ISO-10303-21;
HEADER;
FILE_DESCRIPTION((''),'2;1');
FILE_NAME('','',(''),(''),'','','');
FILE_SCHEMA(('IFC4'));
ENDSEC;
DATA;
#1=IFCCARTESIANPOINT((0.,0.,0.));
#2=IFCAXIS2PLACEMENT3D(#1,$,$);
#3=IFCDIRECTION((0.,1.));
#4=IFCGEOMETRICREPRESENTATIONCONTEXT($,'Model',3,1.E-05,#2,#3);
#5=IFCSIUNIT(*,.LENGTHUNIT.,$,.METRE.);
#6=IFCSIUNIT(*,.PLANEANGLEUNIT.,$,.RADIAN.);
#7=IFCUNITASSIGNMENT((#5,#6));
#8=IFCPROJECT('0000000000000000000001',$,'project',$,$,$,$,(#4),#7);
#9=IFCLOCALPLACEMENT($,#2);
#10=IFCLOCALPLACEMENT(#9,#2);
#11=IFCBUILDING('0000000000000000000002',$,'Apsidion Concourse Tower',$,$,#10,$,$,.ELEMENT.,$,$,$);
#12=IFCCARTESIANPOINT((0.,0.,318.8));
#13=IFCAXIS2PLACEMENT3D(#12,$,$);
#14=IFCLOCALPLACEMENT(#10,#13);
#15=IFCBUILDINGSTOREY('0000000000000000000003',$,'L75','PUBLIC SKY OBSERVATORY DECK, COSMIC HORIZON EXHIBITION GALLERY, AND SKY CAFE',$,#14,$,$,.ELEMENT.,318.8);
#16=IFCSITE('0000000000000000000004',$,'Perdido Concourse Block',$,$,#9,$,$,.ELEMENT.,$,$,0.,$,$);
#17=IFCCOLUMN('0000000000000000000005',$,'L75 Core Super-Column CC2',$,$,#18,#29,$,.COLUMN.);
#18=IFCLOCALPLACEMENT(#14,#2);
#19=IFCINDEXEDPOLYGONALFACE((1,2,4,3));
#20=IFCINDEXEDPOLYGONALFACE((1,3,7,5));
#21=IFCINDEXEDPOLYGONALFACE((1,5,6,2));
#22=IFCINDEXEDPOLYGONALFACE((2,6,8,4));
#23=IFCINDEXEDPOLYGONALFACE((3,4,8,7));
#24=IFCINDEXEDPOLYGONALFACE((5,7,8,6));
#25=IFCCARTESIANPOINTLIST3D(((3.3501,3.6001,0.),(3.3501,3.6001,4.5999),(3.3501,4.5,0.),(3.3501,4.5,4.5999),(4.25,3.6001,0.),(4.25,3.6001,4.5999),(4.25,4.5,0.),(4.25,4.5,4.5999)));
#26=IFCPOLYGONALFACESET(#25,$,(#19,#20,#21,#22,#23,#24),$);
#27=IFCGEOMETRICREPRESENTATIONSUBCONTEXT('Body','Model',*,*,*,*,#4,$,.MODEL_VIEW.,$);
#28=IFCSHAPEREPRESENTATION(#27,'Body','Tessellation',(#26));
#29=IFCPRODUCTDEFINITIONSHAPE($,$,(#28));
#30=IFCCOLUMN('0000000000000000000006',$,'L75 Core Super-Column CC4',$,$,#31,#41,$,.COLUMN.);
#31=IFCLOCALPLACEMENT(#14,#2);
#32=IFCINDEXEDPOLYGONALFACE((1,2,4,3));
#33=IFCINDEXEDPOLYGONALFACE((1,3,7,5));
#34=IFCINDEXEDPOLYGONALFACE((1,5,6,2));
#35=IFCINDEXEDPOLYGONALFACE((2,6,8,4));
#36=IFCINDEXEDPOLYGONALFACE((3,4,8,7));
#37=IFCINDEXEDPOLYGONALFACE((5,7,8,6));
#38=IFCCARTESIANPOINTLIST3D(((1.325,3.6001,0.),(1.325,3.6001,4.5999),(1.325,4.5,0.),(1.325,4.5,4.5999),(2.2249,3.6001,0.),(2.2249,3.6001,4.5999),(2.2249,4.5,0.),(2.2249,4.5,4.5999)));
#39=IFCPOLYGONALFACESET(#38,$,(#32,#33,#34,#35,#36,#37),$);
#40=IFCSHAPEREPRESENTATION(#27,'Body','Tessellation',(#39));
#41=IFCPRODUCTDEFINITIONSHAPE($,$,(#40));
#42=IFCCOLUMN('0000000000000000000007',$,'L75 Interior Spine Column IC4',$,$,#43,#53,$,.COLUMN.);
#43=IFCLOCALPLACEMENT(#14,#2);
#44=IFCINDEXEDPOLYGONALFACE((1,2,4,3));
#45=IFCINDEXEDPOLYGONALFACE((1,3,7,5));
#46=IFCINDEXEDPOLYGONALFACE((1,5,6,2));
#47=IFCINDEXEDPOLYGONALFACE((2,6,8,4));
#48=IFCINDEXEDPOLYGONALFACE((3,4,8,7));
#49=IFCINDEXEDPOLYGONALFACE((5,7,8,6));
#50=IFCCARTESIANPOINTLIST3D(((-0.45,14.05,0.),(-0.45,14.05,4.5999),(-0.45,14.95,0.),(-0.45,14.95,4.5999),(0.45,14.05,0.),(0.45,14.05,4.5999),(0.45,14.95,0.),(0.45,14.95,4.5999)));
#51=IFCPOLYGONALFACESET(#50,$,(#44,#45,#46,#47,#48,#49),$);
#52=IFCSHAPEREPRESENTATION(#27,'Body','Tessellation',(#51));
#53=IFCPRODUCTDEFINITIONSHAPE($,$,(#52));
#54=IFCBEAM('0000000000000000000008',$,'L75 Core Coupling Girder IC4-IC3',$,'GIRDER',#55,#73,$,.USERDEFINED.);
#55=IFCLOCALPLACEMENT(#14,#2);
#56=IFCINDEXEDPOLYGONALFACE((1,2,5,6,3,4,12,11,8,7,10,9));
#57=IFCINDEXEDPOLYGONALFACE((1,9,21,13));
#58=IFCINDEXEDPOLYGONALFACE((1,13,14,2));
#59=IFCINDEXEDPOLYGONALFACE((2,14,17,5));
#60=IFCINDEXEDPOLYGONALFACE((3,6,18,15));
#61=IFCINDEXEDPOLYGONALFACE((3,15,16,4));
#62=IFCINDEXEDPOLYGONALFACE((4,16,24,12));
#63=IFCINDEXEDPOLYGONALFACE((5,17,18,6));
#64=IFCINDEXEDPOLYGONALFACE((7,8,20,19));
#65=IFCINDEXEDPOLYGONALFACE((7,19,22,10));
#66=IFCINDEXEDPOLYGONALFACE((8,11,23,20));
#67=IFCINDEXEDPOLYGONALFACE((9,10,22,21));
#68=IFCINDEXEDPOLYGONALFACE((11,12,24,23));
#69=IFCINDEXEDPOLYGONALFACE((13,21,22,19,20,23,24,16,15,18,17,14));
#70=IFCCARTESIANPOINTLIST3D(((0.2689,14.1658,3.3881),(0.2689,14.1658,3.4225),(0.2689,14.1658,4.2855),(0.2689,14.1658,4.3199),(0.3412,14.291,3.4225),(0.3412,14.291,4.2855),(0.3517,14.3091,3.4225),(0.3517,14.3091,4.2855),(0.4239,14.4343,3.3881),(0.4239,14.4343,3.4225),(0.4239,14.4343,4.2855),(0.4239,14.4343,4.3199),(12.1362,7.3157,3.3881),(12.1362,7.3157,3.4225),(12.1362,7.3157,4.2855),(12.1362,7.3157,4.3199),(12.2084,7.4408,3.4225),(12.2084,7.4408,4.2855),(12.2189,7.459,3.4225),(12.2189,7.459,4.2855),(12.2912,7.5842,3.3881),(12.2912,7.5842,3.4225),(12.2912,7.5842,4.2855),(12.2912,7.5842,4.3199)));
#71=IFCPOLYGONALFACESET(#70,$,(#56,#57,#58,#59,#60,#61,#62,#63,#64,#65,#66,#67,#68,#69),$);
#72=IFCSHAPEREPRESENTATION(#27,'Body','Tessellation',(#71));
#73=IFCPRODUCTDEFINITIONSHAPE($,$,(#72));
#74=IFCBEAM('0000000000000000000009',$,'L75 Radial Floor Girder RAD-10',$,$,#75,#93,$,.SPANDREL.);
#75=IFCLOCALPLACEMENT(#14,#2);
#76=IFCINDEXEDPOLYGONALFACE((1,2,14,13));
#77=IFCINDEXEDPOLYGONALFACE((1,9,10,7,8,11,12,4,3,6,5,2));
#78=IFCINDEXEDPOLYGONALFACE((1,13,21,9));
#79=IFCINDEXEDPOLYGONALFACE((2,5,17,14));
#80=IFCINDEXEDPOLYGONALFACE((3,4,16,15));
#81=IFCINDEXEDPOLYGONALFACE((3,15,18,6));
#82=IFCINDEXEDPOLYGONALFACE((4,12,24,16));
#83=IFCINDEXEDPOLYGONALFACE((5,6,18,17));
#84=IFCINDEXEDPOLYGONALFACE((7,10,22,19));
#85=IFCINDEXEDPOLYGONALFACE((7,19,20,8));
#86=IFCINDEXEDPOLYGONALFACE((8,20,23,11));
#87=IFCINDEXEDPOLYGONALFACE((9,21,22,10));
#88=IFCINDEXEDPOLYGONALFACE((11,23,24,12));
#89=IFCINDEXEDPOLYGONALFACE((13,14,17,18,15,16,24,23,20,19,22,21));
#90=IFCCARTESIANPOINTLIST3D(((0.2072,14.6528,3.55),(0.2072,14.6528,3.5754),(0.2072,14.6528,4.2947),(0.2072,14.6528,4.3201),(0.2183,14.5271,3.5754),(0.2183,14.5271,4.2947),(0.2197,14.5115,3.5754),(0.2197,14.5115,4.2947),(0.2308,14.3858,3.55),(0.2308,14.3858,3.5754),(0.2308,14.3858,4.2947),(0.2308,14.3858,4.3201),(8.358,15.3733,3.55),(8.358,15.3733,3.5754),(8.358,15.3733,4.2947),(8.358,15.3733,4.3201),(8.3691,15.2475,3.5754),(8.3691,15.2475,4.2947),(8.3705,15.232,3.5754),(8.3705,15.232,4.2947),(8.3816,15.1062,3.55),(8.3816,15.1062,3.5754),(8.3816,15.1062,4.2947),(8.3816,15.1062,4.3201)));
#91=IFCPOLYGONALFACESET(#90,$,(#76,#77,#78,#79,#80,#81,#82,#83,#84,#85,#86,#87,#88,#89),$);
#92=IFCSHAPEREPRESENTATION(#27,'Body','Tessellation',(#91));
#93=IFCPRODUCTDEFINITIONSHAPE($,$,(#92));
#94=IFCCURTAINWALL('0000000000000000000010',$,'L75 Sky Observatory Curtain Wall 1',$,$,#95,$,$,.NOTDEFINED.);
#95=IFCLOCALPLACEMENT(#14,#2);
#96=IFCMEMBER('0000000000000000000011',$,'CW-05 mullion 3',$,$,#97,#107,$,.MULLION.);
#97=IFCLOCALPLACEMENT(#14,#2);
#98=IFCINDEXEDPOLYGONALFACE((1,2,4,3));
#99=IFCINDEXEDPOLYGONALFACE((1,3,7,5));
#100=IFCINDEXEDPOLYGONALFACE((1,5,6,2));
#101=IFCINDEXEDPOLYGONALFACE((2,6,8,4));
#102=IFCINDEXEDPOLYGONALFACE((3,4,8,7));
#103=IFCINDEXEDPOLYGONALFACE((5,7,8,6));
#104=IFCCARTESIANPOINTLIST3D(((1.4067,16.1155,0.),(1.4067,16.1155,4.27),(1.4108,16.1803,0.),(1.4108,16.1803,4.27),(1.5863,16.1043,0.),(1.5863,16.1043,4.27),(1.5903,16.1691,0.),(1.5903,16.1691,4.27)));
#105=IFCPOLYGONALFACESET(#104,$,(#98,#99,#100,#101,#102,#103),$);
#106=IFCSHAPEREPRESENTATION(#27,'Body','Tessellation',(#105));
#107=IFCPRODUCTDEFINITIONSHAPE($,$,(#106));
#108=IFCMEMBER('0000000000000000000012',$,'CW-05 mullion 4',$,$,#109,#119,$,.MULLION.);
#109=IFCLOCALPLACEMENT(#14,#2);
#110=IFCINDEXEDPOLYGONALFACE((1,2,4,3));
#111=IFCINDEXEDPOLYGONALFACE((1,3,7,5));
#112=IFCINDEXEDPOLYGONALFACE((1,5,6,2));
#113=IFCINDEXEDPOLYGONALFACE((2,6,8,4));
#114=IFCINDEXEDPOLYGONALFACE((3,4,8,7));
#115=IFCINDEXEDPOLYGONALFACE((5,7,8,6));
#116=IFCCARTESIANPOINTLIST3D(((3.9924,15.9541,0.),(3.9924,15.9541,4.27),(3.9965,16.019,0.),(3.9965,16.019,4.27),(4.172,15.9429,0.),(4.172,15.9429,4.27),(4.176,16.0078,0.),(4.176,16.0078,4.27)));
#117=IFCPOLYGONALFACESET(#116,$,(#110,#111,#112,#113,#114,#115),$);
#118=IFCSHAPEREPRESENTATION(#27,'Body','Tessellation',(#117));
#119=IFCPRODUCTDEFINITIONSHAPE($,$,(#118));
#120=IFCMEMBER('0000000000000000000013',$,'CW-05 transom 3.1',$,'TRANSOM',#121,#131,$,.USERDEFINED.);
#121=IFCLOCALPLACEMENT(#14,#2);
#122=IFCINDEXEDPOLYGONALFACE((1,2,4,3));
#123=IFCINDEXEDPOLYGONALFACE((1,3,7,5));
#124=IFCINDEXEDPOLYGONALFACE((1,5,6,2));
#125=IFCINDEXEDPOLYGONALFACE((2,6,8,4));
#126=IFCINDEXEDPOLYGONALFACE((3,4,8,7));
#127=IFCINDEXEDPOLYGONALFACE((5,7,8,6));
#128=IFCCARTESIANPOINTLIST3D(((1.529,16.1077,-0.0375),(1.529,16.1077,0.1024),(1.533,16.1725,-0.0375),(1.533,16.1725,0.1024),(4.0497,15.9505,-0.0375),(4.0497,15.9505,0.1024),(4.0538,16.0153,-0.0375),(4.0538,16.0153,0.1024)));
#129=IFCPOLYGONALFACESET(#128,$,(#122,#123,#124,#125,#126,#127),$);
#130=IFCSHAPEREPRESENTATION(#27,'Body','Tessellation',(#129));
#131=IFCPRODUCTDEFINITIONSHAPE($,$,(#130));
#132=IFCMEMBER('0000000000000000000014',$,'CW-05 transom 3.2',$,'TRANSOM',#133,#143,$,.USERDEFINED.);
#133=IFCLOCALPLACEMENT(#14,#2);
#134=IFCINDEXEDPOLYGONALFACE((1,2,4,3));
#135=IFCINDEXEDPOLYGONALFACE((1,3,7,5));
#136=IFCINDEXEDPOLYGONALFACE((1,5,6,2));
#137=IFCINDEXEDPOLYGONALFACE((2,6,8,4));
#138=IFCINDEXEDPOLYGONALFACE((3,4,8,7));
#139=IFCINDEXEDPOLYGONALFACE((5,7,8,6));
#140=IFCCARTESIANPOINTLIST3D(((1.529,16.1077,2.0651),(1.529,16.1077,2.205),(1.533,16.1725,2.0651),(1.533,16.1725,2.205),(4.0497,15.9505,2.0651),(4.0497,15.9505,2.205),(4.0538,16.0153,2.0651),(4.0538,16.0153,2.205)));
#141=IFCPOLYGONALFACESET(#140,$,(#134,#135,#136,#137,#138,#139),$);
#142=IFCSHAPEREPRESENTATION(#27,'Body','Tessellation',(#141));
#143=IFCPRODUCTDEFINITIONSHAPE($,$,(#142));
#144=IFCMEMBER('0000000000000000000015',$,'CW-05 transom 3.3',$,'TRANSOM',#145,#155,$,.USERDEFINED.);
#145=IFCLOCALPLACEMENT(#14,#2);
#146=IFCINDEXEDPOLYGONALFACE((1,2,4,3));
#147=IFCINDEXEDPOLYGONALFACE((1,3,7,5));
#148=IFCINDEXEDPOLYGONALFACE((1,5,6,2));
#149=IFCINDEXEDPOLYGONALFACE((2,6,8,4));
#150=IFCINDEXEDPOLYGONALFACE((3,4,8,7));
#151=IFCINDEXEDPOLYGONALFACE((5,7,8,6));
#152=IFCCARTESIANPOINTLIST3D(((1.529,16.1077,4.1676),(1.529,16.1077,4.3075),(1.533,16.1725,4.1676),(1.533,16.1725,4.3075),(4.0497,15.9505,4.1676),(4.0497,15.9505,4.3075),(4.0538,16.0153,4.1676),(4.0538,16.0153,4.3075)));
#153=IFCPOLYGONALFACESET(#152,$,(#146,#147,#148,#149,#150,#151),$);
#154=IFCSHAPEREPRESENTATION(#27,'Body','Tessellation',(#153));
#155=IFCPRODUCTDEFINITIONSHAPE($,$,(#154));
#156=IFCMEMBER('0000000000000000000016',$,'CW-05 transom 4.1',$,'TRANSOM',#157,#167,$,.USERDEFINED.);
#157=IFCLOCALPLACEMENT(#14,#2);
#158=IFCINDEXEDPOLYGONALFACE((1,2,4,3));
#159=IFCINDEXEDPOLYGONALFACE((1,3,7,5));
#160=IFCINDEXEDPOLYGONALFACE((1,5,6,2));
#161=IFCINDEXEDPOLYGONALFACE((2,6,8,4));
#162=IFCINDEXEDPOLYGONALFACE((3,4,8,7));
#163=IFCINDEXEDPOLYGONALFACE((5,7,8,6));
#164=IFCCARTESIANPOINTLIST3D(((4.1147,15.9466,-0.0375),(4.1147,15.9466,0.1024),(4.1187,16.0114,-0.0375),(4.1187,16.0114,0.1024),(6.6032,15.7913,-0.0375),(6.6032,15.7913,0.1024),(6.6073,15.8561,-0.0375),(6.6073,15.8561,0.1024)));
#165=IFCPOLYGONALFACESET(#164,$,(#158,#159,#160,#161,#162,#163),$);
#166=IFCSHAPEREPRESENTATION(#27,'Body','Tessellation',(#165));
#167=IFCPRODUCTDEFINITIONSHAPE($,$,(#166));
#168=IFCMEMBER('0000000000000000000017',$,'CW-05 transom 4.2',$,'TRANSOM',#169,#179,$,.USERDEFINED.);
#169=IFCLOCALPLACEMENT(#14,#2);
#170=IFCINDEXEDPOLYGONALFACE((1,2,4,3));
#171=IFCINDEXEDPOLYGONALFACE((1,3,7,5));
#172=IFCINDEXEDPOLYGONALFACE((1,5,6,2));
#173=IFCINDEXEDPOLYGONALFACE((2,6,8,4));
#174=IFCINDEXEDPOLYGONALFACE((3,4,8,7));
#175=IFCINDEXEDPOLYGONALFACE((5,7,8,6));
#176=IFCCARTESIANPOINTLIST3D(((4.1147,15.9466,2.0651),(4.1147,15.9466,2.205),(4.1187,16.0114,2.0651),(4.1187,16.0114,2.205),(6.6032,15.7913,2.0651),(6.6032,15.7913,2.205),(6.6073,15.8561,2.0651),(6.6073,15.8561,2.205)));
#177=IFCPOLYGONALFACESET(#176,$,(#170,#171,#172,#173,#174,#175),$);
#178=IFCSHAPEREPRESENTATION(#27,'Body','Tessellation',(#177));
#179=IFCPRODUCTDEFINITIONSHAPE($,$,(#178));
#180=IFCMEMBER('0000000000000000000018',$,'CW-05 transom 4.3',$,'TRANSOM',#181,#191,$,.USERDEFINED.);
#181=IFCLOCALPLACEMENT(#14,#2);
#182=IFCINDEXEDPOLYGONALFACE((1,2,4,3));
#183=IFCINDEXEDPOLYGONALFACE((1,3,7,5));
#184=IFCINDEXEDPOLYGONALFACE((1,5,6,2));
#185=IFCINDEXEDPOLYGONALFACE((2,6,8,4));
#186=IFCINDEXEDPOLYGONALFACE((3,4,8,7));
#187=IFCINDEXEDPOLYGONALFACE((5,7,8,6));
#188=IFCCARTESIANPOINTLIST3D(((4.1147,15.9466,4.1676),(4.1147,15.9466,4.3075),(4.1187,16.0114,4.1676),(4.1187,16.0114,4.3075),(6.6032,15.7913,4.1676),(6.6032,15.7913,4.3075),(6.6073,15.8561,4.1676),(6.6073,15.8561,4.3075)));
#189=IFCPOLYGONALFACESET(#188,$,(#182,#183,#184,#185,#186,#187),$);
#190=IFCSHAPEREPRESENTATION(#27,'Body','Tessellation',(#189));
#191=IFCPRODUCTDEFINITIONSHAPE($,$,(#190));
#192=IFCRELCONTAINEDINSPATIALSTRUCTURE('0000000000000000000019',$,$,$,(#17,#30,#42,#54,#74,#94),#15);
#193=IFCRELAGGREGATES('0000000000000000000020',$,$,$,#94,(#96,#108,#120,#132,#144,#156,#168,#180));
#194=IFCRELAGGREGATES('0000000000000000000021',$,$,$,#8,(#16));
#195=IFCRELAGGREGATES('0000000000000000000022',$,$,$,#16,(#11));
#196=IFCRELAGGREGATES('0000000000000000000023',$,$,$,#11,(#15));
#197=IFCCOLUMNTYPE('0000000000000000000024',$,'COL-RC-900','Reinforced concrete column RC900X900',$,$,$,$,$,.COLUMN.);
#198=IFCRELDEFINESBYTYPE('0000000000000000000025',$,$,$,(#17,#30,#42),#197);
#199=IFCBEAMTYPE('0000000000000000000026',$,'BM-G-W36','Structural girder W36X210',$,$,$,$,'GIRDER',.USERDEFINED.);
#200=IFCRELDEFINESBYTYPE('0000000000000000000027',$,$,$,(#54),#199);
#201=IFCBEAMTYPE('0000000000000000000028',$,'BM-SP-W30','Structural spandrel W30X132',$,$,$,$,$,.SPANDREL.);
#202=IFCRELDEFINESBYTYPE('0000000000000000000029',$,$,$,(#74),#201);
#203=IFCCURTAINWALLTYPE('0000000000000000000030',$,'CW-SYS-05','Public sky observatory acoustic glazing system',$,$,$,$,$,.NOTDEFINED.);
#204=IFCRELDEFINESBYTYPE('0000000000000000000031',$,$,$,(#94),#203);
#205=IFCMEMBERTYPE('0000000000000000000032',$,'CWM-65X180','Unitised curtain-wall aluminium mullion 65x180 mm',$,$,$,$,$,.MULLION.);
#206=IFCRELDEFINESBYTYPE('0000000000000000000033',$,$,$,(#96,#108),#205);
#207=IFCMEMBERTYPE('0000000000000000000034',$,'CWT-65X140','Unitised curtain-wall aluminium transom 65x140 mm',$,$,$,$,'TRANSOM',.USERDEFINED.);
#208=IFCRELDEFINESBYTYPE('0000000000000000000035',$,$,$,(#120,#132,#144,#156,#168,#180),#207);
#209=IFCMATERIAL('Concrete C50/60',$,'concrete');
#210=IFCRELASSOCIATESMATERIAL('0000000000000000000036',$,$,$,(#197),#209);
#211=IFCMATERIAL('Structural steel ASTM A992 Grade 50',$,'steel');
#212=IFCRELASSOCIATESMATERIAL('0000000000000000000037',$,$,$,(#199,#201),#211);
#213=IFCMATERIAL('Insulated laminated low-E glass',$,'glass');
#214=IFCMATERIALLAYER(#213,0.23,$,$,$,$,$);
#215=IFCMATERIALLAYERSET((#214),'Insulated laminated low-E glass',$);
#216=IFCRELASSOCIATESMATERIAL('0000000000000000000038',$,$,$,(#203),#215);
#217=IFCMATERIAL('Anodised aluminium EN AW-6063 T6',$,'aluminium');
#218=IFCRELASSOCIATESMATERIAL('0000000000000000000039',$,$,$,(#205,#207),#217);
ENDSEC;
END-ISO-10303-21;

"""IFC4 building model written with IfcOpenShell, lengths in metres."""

from ifc_helpers import new_model, si_unit, direction, frame, origin, origin_2d, place, context, subcontext, project, spatial, rectangle, i_section, extrude, material, layer, layer_set, material_profile, profile_set, type_object, element, aggregate, save


model = new_model("IFC4")

# Units and contexts
model_context = context("Model", 3, precision=1e-05, world=origin(), true_north=direction((0.0, 1.0)))
body_context = subcontext(model_context, "Body", "Model", "MODEL_VIEW")
ifc_project = project(units=[si_unit("LENGTHUNIT", "METRE"), si_unit("PLANEANGLEUNIT", "RADIAN")], contexts=[model_context])

# Site, building, storey
site_placement = place(None, origin())
site = spatial("IfcSite", under=ifc_project, at=site_placement, Name="Perdido Concourse Block", CompositionType="ELEMENT", RefElevation=0.0)
building_placement = place(site_placement, origin())
building = spatial("IfcBuilding", under=site, at=building_placement, Name="Apsidion Concourse Tower", CompositionType="ELEMENT")
storey_placement = place(building_placement, frame((0.0, 0.0, 318.8)))
storey = spatial("IfcBuildingStorey", under=building, at=storey_placement, Name="L75", Description="PUBLIC SKY OBSERVATORY DECK, COSMIC HORIZON EXHIBITION GALLERY, AND SKY CAFE", CompositionType="ELEMENT", Elevation=318.8)

# Columns
ifc_material_1 = material(Name="Concrete C50/60", Category="concrete")
ifc_material_profile_1 = material_profile(ifc_material_1, rectangle(XDim=0.8999, YDim=0.8999, at=origin_2d()), Name="RC 900x900")
ifc_profile_set_1 = profile_set([ifc_material_profile_1], Name="Concrete C50/60")
column_type = type_object("IfcColumnType", Name="COL-RC-900", Description="Reinforced concrete column RC900X900", PredefinedType="COLUMN", material=ifc_profile_set_1)
for number, where, z_axis, x_axis, name in (
    (1, (3.8, 4.05, 0.0), (0.0, 0.0, 1.0), (1.0, 0.0, 0.0), "L75 Core Super-Column CC2"),
    (2, (1.7749, 4.05, 0.0), (0.0, 0.0, 1.0), (1.0, 0.0, 0.0), "L75 Core Super-Column CC4"),
    (3, (0.0, 14.5, 0.0), (0.0, 0.0, 1.0), (1.0, 0.0, 0.0), "L75 Interior Spine Column IC4"),
):
    element("IfcColumn", number, at=place(storey_placement, frame(where, z_axis=z_axis, x_axis=x_axis)), inside=storey, type_object=column_type, Name=name, PredefinedType="COLUMN", context=body_context, shape_type="SweptSolid", body=[
        extrude(rectangle(XDim=0.8999, YDim=0.8999, at=origin_2d()), origin(), (0.0, 0.0, 1.0), 4.5999),
    ])

# Beams
ifc_material_2 = material(Name="Structural steel ASTM A992 Grade 50", Category="steel")
ifc_material_profile_2 = material_profile(ifc_material_2, i_section(OverallWidth=0.3101, OverallDepth=0.9319, WebThickness=0.021, FlangeThickness=0.0344, at=origin_2d()), Name="W36X210")
ifc_profile_set_2 = profile_set([ifc_material_profile_2], Name="Structural steel ASTM A992 Grade 50")
beam_type_1 = type_object("IfcBeamType", Name="BM-G-W36", Description="Structural girder W36X210", ElementType="GIRDER", PredefinedType="USERDEFINED", material=ifc_profile_set_2)
beam_1_placement = place(storey_placement, frame((0.3464, 14.3, 3.854), z_axis=(0.86607, -0.499922, 0.0), x_axis=(0.499922, 0.86607, 0.0)))
element("IfcBeam", 4, at=beam_1_placement, inside=storey, type_object=beam_type_1, Name="L75 Core Coupling Girder IC4-IC3", ObjectType="GIRDER", PredefinedType="USERDEFINED", context=body_context, shape_type="SweptSolid", body=[
    extrude(i_section(OverallWidth=0.3101, OverallDepth=0.9319, WebThickness=0.021, FlangeThickness=0.0344, at=origin_2d()), origin(), (0.0, 0.0, 1.0), 13.7024),
])
ifc_material_profile_3 = material_profile(ifc_material_2, i_section(OverallWidth=0.2681, OverallDepth=0.77, WebThickness=0.0156, FlangeThickness=0.0254, at=origin_2d()), Name="W30X132")
ifc_profile_set_3 = profile_set([ifc_material_profile_3], Name="Structural steel ASTM A992 Grade 50")
beam_type_2 = type_object("IfcBeamType", Name="BM-SP-W30", Description="Structural spandrel W30X132", PredefinedType="SPANDREL", material=ifc_profile_set_3)
beam_2_placement = place(storey_placement, frame((0.219, 14.5193, 3.9351), z_axis=(0.996116, 0.088047, 0.0), x_axis=(-0.088047, 0.996116, 0.0)))
element("IfcBeam", 5, at=beam_2_placement, inside=storey, type_object=beam_type_2, Name="L75 Radial Floor Girder RAD-10", PredefinedType="SPANDREL", context=body_context, shape_type="SweptSolid", body=[
    extrude(i_section(OverallWidth=0.2681, OverallDepth=0.77, WebThickness=0.0156, FlangeThickness=0.0254, at=origin_2d()), origin(), (0.0, 0.0, 1.0), 8.1826),
])

# Curtain wall, members
ifc_material_3 = material(Name="Insulated laminated low-E glass", Category="glass")
ifc_layer_1 = layer(ifc_material_3, 0.23)
ifc_layer_set_1 = layer_set([ifc_layer_1], Name="Insulated laminated low-E glass")
curtain_wall_type = type_object("IfcCurtainWallType", Name="CW-SYS-05", Description="Public sky observatory acoustic glazing system", PredefinedType="NOTDEFINED", material=ifc_layer_set_1)
curtain_wall_placement = place(storey_placement, origin())
curtain_wall = element("IfcCurtainWall", 6, at=curtain_wall_placement, inside=storey, type_object=curtain_wall_type, Name="L75 Sky Observatory Curtain Wall 1", PredefinedType="NOTDEFINED")
ifc_material_4 = material(Name="Anodised aluminium EN AW-6063 T6", Category="aluminium")
ifc_material_profile_4 = material_profile(ifc_material_4, rectangle(XDim=0.0649, YDim=0.1799, at=origin_2d()), Name="ALU MULLION 65x180")
ifc_profile_set_4 = profile_set([ifc_material_profile_4], Name="Anodised aluminium EN AW-6063 T6")
member_type_1 = type_object("IfcMemberType", Name="CWM-65X180", Description="Unitised curtain-wall aluminium mullion 65x180 mm", PredefinedType="MULLION", material=ifc_profile_set_4)
member_1_placement = place(storey_placement, frame((1.4985, 16.1423, 0.0), z_axis=(0.0, 0.0, 1.0), x_axis=(0.062249, 0.998061, 0.0)))
member_1 = element("IfcMember", 7, at=member_1_placement, type_object=member_type_1, Name="CW-05 mullion 3", PredefinedType="MULLION", context=body_context, shape_type="SweptSolid", body=[
    extrude(rectangle(XDim=0.0649, YDim=0.1799, at=origin_2d()), origin(), (0.0, 0.0, 1.0), 4.27),
])
member_2_placement = place(storey_placement, frame((4.0842, 15.981, 0.0), z_axis=(0.0, 0.0, 1.0), x_axis=(0.062249, 0.998061, 0.0)))
member_2 = element("IfcMember", 8, at=member_2_placement, type_object=member_type_1, Name="CW-05 mullion 4", PredefinedType="MULLION", context=body_context, shape_type="SweptSolid", body=[
    extrude(rectangle(XDim=0.0649, YDim=0.1799, at=origin_2d()), origin(), (0.0, 0.0, 1.0), 4.27),
])
ifc_material_profile_5 = material_profile(ifc_material_4, rectangle(XDim=0.0649, YDim=0.1399, at=origin_2d()), Name="ALU TRANSOM 65x140")
ifc_profile_set_5 = profile_set([ifc_material_profile_5], Name="Anodised aluminium EN AW-6063 T6")
member_type_2 = type_object("IfcMemberType", Name="CWT-65X140", Description="Unitised curtain-wall aluminium transom 65x140 mm", ElementType="TRANSOM", PredefinedType="USERDEFINED", material=ifc_profile_set_5)
member_3_placement = place(storey_placement, frame((1.531, 16.1401, 0.0325), z_axis=(0.99806, -0.062252, 0.0), x_axis=(0.062252, 0.99806, 0.0)))
member_3 = element("IfcMember", 9, at=member_3_placement, type_object=member_type_2, Name="CW-05 transom 3.1", ObjectType="TRANSOM", PredefinedType="USERDEFINED", context=body_context, shape_type="SweptSolid", body=[
    extrude(rectangle(XDim=0.0649, YDim=0.1399, at=origin_2d()), origin(), (0.0, 0.0, 1.0), 2.5256),
])
member_4_placement = place(storey_placement, frame((1.531, 16.1401, 2.135), z_axis=(0.99806, -0.062252, 0.0), x_axis=(0.062252, 0.99806, 0.0)))
member_4 = element("IfcMember", 10, at=member_4_placement, type_object=member_type_2, Name="CW-05 transom 3.2", ObjectType="TRANSOM", PredefinedType="USERDEFINED", context=body_context, shape_type="SweptSolid", body=[
    extrude(rectangle(XDim=0.0649, YDim=0.1399, at=origin_2d()), origin(), (0.0, 0.0, 1.0), 2.5256),
])
member_5_placement = place(storey_placement, frame((1.531, 16.1401, 4.2375), z_axis=(0.99806, -0.062252, 0.0), x_axis=(0.062252, 0.99806, 0.0)))
member_5 = element("IfcMember", 11, at=member_5_placement, type_object=member_type_2, Name="CW-05 transom 3.3", ObjectType="TRANSOM", PredefinedType="USERDEFINED", context=body_context, shape_type="SweptSolid", body=[
    extrude(rectangle(XDim=0.0649, YDim=0.1399, at=origin_2d()), origin(), (0.0, 0.0, 1.0), 2.5256),
])
member_6_placement = place(storey_placement, frame((4.1167, 15.979, 0.0325), z_axis=(0.998059, -0.062275, 0.0), x_axis=(0.062275, 0.998059, 0.0)))
member_6 = element("IfcMember", 12, at=member_6_placement, type_object=member_type_2, Name="CW-05 transom 4.1", ObjectType="TRANSOM", PredefinedType="USERDEFINED", context=body_context, shape_type="SweptSolid", body=[
    extrude(rectangle(XDim=0.0649, YDim=0.1399, at=origin_2d()), origin(), (0.0, 0.0, 1.0), 2.4934),
])
member_7_placement = place(storey_placement, frame((4.1167, 15.979, 2.135), z_axis=(0.998059, -0.062275, 0.0), x_axis=(0.062275, 0.998059, 0.0)))
member_7 = element("IfcMember", 13, at=member_7_placement, type_object=member_type_2, Name="CW-05 transom 4.2", ObjectType="TRANSOM", PredefinedType="USERDEFINED", context=body_context, shape_type="SweptSolid", body=[
    extrude(rectangle(XDim=0.0649, YDim=0.1399, at=origin_2d()), origin(), (0.0, 0.0, 1.0), 2.4934),
])
member_8_placement = place(storey_placement, frame((4.1167, 15.979, 4.2375), z_axis=(0.998059, -0.062275, 0.0), x_axis=(0.062275, 0.998059, 0.0)))
member_8 = element("IfcMember", 14, at=member_8_placement, type_object=member_type_2, Name="CW-05 transom 4.3", ObjectType="TRANSOM", PredefinedType="USERDEFINED", context=body_context, shape_type="SweptSolid", body=[
    extrude(rectangle(XDim=0.0649, YDim=0.1399, at=origin_2d()), origin(), (0.0, 0.0, 1.0), 2.4934),
])
aggregate(curtain_wall, [member_1, member_2, member_3, member_4, member_5, member_6, member_7, member_8])

save(model, "model.ifc")
